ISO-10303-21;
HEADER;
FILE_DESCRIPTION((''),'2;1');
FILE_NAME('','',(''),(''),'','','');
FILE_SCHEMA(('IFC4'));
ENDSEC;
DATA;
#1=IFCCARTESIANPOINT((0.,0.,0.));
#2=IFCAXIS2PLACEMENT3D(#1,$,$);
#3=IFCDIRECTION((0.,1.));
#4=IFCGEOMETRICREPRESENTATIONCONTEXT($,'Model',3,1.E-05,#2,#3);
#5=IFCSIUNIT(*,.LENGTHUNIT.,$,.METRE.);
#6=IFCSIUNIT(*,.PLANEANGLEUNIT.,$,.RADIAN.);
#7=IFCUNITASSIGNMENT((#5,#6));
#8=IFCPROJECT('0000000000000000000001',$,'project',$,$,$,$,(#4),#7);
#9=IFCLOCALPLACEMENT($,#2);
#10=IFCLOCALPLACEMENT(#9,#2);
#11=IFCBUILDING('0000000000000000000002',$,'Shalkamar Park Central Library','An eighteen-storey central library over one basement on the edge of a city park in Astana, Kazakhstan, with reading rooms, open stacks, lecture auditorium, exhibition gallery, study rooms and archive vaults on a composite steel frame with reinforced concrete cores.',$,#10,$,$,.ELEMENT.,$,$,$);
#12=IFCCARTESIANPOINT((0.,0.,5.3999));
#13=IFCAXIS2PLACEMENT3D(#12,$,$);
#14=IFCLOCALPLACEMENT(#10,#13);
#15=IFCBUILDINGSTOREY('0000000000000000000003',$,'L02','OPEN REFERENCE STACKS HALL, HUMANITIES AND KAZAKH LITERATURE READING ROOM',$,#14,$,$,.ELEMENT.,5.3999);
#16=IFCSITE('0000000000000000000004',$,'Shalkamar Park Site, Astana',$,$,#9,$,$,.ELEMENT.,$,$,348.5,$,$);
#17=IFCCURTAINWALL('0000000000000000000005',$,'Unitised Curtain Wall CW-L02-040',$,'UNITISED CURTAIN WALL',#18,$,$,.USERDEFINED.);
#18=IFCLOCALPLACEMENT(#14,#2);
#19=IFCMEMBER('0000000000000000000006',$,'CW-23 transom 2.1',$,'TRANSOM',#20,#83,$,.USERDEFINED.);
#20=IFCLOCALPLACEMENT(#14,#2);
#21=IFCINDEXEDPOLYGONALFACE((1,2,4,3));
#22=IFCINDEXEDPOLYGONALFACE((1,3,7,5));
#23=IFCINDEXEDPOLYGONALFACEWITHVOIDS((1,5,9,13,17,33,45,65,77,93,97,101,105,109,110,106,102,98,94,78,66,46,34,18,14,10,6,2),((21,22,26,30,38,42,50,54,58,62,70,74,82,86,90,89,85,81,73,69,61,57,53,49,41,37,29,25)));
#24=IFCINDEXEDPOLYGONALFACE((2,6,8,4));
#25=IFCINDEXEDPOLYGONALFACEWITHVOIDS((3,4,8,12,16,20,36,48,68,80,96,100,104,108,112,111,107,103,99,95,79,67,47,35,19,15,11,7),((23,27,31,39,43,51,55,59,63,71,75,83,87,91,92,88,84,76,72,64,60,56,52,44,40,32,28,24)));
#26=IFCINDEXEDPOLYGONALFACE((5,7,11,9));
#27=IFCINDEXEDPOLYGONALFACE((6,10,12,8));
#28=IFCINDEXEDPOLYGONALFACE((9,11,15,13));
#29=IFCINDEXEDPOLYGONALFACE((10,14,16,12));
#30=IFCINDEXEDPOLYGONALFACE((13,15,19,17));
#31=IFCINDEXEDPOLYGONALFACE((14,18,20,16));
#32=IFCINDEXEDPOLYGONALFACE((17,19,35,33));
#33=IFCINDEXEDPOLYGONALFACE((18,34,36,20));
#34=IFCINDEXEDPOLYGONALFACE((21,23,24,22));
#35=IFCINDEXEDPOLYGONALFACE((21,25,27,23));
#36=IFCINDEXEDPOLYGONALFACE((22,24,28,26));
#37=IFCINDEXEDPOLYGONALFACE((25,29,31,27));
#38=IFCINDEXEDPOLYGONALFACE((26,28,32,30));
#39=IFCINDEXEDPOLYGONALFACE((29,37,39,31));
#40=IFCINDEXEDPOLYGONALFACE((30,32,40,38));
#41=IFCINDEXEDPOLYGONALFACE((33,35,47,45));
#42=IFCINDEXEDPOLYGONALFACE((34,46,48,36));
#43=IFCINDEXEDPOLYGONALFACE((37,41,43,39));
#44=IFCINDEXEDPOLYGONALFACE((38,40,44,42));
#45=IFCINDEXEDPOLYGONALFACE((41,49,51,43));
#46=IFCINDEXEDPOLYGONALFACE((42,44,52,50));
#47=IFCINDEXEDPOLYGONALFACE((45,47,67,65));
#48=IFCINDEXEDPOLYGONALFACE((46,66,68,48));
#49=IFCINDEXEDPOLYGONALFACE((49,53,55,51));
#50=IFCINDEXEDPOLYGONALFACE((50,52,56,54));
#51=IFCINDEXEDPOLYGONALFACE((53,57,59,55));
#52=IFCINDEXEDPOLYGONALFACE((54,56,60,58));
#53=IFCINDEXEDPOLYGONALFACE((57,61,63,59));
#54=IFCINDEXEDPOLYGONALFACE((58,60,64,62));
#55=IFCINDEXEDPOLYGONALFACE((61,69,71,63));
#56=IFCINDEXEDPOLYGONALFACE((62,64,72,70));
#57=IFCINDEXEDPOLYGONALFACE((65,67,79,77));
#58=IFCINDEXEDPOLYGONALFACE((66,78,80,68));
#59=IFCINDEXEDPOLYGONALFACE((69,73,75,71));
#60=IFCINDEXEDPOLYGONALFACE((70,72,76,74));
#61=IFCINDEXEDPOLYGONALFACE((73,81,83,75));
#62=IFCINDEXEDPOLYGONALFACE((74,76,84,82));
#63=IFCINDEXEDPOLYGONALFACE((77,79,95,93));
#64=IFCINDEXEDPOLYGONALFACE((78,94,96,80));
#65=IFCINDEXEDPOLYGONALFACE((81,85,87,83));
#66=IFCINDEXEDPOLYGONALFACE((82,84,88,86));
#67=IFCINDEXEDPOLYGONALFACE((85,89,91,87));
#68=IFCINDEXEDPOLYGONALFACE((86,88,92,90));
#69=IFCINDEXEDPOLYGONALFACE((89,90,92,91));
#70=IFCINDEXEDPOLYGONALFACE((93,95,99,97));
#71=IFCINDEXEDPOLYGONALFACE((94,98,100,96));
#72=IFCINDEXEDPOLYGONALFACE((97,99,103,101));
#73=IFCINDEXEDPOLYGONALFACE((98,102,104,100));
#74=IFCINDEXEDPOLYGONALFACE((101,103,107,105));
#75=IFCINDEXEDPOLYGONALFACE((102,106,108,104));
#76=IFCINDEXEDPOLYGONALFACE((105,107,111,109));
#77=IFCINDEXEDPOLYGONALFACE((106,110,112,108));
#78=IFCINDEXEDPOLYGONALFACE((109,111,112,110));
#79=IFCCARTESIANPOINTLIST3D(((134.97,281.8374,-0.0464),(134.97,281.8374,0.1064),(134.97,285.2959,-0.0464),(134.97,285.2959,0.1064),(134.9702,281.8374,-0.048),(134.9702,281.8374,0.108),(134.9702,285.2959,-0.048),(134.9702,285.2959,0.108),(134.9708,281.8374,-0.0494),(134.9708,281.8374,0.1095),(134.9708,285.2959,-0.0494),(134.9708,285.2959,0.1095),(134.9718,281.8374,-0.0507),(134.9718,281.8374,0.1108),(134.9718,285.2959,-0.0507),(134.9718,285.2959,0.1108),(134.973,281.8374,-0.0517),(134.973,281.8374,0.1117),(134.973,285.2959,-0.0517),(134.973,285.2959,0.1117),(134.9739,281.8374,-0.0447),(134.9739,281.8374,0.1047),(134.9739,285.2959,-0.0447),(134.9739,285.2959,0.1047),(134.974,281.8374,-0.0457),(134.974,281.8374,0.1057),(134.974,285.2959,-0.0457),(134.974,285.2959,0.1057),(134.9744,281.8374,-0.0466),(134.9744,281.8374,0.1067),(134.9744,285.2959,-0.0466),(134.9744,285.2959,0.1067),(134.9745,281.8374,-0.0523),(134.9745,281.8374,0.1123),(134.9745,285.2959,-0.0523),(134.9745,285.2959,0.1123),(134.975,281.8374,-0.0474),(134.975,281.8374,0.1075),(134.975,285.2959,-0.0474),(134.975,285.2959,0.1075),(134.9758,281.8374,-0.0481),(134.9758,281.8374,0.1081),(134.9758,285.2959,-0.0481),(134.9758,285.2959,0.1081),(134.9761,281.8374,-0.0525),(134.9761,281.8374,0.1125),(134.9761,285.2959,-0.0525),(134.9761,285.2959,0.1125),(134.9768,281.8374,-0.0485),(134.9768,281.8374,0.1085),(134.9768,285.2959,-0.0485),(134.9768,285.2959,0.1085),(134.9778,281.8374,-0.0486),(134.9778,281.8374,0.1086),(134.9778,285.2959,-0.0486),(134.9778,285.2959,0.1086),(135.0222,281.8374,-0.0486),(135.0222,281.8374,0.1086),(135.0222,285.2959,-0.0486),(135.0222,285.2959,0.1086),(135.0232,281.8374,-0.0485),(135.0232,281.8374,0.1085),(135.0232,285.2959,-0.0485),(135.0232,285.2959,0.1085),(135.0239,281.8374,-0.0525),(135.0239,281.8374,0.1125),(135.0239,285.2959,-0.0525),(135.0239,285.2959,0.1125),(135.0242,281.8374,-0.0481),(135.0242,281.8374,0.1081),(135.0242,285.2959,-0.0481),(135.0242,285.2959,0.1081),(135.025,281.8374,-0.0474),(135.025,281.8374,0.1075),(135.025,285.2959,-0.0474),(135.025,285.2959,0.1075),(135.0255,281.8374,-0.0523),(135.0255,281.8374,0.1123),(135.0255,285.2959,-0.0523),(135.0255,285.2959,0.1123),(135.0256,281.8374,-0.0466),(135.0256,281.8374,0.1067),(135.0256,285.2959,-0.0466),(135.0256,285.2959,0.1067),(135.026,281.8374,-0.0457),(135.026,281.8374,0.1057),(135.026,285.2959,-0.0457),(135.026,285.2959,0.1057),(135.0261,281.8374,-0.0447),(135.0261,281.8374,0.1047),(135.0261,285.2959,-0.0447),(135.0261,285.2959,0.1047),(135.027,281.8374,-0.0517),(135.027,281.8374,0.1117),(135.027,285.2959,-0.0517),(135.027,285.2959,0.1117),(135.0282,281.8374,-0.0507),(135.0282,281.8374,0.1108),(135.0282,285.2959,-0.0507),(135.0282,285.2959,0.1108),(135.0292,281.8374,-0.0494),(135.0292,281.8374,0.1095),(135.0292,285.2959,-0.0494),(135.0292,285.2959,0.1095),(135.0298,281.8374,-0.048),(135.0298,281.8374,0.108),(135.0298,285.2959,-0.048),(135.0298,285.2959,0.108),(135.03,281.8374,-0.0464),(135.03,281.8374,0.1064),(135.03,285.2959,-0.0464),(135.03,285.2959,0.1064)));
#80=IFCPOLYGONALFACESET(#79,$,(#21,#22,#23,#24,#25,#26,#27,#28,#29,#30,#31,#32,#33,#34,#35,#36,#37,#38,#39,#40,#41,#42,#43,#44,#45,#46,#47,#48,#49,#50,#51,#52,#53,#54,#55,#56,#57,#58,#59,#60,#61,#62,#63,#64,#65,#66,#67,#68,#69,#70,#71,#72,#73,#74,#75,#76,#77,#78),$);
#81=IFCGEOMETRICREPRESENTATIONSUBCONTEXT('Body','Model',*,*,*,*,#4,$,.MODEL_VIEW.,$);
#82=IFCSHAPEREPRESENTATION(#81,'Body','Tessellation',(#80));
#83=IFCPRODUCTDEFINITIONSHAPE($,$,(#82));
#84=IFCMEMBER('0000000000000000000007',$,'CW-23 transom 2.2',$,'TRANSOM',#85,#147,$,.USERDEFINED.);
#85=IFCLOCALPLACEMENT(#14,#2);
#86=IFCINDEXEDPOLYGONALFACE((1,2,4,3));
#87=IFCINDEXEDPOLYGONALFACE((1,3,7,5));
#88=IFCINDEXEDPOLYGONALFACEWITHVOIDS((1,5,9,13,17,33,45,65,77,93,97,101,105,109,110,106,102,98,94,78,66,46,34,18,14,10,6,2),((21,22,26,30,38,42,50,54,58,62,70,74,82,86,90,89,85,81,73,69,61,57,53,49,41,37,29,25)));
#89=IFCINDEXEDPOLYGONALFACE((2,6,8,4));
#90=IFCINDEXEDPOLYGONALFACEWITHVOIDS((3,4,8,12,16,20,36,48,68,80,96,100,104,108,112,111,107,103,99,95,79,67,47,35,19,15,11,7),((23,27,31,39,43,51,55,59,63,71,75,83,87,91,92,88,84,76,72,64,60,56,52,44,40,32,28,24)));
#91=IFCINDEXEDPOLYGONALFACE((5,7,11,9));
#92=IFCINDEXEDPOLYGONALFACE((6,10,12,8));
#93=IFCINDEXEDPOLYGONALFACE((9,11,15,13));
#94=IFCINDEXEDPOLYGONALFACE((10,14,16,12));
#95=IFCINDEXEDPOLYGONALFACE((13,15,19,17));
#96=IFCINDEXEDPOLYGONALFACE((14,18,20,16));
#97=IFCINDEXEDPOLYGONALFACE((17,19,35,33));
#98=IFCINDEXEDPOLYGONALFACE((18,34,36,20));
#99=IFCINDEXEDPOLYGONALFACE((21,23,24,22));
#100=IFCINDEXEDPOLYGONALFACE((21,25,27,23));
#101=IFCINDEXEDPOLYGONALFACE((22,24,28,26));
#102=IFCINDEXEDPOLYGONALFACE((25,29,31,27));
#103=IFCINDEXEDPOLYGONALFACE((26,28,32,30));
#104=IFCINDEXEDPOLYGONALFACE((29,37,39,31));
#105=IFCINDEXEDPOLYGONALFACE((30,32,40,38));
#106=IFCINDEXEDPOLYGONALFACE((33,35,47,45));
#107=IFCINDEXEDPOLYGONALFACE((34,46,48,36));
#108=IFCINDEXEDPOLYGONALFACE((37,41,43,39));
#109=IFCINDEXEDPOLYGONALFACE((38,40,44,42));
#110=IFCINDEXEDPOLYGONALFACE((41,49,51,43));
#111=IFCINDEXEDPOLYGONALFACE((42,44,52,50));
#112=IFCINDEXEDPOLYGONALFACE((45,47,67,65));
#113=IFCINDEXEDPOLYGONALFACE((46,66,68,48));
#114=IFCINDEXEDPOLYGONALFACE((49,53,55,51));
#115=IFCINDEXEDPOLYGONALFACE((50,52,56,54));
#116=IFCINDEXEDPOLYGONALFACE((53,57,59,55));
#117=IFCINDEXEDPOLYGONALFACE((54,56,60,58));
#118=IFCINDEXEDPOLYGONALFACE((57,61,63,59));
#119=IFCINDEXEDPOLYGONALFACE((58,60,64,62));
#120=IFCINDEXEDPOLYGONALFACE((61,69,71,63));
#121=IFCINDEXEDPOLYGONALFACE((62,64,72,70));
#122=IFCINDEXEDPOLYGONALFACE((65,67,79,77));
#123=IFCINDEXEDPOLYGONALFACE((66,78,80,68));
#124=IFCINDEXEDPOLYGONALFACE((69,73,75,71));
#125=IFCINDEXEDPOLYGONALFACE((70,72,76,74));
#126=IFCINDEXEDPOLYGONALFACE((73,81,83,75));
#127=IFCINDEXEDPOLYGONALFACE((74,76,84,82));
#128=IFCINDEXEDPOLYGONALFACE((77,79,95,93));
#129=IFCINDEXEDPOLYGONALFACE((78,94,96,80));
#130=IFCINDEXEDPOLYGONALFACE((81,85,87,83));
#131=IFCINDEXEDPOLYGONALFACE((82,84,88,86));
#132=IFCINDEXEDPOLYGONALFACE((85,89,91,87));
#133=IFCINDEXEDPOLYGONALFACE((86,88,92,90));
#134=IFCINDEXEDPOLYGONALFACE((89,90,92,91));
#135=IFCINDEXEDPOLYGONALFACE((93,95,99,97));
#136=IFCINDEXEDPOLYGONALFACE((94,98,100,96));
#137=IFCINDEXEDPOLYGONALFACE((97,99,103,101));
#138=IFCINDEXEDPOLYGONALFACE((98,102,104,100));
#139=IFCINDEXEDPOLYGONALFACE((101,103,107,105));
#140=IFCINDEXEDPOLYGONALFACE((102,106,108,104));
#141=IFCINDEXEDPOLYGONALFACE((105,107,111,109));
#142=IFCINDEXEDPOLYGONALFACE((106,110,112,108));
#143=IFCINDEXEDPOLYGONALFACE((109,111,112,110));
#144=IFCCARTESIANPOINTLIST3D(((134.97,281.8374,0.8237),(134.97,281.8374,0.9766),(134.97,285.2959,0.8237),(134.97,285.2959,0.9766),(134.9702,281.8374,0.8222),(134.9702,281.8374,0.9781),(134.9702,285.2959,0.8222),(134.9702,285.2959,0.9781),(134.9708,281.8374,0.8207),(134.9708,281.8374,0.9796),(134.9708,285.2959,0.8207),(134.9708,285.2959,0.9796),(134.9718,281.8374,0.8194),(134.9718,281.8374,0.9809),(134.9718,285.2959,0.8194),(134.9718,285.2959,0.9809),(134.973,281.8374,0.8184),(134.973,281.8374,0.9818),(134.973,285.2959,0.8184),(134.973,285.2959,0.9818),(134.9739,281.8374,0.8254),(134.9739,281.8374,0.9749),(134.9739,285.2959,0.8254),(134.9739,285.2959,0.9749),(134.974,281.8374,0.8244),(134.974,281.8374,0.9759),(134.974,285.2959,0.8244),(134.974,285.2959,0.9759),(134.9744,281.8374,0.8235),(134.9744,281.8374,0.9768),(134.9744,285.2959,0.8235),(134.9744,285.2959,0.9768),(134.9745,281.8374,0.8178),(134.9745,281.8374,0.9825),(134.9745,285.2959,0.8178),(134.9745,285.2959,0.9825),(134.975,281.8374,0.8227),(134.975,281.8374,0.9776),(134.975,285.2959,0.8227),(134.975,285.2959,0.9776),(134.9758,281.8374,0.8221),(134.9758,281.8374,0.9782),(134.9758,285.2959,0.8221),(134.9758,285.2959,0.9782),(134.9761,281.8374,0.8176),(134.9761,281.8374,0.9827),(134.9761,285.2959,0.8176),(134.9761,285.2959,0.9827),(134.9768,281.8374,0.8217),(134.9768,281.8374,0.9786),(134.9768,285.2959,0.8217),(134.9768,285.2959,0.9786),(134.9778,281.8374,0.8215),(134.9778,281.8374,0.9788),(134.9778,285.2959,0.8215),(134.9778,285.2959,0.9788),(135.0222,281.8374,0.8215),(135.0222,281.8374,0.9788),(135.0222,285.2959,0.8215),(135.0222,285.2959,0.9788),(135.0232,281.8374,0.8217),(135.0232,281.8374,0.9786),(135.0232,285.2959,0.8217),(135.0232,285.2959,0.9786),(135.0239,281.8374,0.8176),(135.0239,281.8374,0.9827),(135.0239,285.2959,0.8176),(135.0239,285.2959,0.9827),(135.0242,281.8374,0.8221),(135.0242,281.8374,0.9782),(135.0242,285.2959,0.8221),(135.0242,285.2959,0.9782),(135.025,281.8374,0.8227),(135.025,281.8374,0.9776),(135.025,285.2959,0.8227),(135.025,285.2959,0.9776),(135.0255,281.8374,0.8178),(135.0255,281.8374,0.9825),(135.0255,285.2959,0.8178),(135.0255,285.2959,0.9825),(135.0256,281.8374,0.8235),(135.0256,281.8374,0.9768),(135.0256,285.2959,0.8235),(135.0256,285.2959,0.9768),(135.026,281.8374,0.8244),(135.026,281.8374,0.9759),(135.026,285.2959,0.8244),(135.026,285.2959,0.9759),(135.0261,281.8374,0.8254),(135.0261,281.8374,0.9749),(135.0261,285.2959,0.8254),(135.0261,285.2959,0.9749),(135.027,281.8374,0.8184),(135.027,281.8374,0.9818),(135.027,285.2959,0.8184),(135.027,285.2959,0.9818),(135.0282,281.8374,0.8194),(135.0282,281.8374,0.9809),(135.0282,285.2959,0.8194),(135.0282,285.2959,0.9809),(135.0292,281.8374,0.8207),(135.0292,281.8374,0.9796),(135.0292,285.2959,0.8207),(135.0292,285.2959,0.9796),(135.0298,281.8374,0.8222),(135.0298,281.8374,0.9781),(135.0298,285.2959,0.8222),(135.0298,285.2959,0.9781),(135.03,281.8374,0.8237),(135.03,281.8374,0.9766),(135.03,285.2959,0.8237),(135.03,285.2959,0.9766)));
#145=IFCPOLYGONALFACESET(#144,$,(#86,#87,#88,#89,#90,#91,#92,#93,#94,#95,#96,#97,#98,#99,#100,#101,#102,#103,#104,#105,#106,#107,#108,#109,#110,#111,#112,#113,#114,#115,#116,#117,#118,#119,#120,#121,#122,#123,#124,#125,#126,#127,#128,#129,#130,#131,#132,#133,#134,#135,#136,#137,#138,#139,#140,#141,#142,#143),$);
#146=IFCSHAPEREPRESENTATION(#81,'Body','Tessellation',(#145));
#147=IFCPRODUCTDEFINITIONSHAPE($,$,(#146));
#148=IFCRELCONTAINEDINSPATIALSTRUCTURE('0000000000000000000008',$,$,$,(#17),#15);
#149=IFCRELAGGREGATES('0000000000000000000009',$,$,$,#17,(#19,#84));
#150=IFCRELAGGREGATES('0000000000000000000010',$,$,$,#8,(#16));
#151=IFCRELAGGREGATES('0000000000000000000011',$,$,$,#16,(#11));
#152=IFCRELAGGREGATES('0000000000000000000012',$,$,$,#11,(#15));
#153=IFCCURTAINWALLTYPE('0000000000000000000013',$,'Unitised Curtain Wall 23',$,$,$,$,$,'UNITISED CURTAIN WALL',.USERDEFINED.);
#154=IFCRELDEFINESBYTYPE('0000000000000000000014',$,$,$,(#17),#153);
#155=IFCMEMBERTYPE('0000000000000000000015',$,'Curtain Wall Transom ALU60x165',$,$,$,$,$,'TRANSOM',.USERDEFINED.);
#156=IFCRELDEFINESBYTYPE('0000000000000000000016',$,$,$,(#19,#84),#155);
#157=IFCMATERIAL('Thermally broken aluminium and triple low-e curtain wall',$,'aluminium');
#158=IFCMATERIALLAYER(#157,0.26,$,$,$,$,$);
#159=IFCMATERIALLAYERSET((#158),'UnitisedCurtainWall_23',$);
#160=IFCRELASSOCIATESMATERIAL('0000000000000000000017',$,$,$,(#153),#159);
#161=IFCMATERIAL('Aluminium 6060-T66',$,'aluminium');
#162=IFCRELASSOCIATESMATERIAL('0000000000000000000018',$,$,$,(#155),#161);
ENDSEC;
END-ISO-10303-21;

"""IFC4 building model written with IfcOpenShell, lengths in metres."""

from ifc_helpers import new_model, si_unit, direction, frame, origin, origin_2d, place, context, subcontext, project, spatial, hollow_rectangle, extrude, material, layer, layer_set, material_profile, profile_set, type_object, element, aggregate, save


model = new_model("IFC4")

# Units and contexts
model_context = context("Model", 3, precision=1e-05, world=origin(), true_north=direction((0.0, 1.0)))
body_context = subcontext(model_context, "Body", "Model", "MODEL_VIEW")
ifc_project = project(units=[si_unit("LENGTHUNIT", "METRE"), si_unit("PLANEANGLEUNIT", "RADIAN")], contexts=[model_context])

# Site, building, storey
site_placement = place(None, origin())
site = spatial("IfcSite", under=ifc_project, at=site_placement, Name="Shalkamar Park Site, Astana", CompositionType="ELEMENT", RefElevation=348.5)
building_placement = place(site_placement, origin())
building = spatial("IfcBuilding", under=site, at=building_placement, Name="Shalkamar Park Central Library", Description="An eighteen-storey central library over one basement on the edge of a city park in Astana, Kazakhstan, with reading rooms, open stacks, lecture auditorium, exhibition gallery, study rooms and archive vaults on a composite steel frame with reinforced concrete cores.", CompositionType="ELEMENT")
storey_placement = place(building_placement, frame((0.0, 0.0, 5.3999)))
storey = spatial("IfcBuildingStorey", under=building, at=storey_placement, Name="L02", Description="OPEN REFERENCE STACKS HALL, HUMANITIES AND KAZAKH LITERATURE READING ROOM", CompositionType="ELEMENT", Elevation=5.3999)

# Curtain wall, members
ifc_material_1 = material(Name="Thermally broken aluminium and triple low-e curtain wall", Category="aluminium")
ifc_layer_1 = layer(ifc_material_1, 0.26)
ifc_layer_set_1 = layer_set([ifc_layer_1], Name="UnitisedCurtainWall_23")
curtain_wall_type = type_object("IfcCurtainWallType", Name="Unitised Curtain Wall 23", ElementType="UNITISED CURTAIN WALL", PredefinedType="USERDEFINED", material=ifc_layer_set_1)
curtain_wall_placement = place(storey_placement, origin())
curtain_wall = element("IfcCurtainWall", 1, at=curtain_wall_placement, inside=storey, type_object=curtain_wall_type, Name="Unitised Curtain Wall CW-L02-040", ObjectType="UNITISED CURTAIN WALL", PredefinedType="USERDEFINED")
ifc_material_2 = material(Name="Aluminium 6060-T66", Category="aluminium")
ifc_material_profile_1 = material_profile(ifc_material_2, hollow_rectangle(XDim=0.0601, YDim=0.165, WallThickness=0.0039, InnerFilletRadius=0.0039, OuterFilletRadius=0.0061, at=origin_2d()), Name="ALU 60x165x4")
ifc_profile_set_1 = profile_set([ifc_material_profile_1], Name="Aluminium 6060-T66")
member_type_1 = type_object("IfcMemberType", Name="Curtain Wall Transom ALU60x165", ElementType="TRANSOM", PredefinedType="USERDEFINED", material=ifc_profile_set_1)
member_1_placement = place(storey_placement, frame((135.0, 281.8374, 0.03), z_axis=(0.0, 1.0, 0.0), x_axis=(-1.0, 0.0, 0.0)))
member_1 = element("IfcMember", 2, at=member_1_placement, type_object=member_type_1, Name="CW-23 transom 2.1", ObjectType="TRANSOM", PredefinedType="USERDEFINED", context=body_context, shape_type="SweptSolid", body=[
    extrude(hollow_rectangle(XDim=0.0601, YDim=0.165, WallThickness=0.0039, InnerFilletRadius=0.0039, OuterFilletRadius=0.0061, at=origin_2d()), origin(), (0.0, 0.0, 1.0), 3.4585),
])
member_2_placement = place(storey_placement, frame((135.0, 281.8374, 0.9001), z_axis=(0.0, 1.0, 0.0), x_axis=(-1.0, 0.0, 0.0)))
member_2 = element("IfcMember", 3, at=member_2_placement, type_object=member_type_1, Name="CW-23 transom 2.2", ObjectType="TRANSOM", PredefinedType="USERDEFINED", context=body_context, shape_type="SweptSolid", body=[
    extrude(hollow_rectangle(XDim=0.0601, YDim=0.165, WallThickness=0.0039, InnerFilletRadius=0.0039, OuterFilletRadius=0.0061, at=origin_2d()), origin(), (0.0, 0.0, 1.0), 3.4585),
])

aggregate(curtain_wall, [member_1, member_2])

save(model, "model.ifc")
